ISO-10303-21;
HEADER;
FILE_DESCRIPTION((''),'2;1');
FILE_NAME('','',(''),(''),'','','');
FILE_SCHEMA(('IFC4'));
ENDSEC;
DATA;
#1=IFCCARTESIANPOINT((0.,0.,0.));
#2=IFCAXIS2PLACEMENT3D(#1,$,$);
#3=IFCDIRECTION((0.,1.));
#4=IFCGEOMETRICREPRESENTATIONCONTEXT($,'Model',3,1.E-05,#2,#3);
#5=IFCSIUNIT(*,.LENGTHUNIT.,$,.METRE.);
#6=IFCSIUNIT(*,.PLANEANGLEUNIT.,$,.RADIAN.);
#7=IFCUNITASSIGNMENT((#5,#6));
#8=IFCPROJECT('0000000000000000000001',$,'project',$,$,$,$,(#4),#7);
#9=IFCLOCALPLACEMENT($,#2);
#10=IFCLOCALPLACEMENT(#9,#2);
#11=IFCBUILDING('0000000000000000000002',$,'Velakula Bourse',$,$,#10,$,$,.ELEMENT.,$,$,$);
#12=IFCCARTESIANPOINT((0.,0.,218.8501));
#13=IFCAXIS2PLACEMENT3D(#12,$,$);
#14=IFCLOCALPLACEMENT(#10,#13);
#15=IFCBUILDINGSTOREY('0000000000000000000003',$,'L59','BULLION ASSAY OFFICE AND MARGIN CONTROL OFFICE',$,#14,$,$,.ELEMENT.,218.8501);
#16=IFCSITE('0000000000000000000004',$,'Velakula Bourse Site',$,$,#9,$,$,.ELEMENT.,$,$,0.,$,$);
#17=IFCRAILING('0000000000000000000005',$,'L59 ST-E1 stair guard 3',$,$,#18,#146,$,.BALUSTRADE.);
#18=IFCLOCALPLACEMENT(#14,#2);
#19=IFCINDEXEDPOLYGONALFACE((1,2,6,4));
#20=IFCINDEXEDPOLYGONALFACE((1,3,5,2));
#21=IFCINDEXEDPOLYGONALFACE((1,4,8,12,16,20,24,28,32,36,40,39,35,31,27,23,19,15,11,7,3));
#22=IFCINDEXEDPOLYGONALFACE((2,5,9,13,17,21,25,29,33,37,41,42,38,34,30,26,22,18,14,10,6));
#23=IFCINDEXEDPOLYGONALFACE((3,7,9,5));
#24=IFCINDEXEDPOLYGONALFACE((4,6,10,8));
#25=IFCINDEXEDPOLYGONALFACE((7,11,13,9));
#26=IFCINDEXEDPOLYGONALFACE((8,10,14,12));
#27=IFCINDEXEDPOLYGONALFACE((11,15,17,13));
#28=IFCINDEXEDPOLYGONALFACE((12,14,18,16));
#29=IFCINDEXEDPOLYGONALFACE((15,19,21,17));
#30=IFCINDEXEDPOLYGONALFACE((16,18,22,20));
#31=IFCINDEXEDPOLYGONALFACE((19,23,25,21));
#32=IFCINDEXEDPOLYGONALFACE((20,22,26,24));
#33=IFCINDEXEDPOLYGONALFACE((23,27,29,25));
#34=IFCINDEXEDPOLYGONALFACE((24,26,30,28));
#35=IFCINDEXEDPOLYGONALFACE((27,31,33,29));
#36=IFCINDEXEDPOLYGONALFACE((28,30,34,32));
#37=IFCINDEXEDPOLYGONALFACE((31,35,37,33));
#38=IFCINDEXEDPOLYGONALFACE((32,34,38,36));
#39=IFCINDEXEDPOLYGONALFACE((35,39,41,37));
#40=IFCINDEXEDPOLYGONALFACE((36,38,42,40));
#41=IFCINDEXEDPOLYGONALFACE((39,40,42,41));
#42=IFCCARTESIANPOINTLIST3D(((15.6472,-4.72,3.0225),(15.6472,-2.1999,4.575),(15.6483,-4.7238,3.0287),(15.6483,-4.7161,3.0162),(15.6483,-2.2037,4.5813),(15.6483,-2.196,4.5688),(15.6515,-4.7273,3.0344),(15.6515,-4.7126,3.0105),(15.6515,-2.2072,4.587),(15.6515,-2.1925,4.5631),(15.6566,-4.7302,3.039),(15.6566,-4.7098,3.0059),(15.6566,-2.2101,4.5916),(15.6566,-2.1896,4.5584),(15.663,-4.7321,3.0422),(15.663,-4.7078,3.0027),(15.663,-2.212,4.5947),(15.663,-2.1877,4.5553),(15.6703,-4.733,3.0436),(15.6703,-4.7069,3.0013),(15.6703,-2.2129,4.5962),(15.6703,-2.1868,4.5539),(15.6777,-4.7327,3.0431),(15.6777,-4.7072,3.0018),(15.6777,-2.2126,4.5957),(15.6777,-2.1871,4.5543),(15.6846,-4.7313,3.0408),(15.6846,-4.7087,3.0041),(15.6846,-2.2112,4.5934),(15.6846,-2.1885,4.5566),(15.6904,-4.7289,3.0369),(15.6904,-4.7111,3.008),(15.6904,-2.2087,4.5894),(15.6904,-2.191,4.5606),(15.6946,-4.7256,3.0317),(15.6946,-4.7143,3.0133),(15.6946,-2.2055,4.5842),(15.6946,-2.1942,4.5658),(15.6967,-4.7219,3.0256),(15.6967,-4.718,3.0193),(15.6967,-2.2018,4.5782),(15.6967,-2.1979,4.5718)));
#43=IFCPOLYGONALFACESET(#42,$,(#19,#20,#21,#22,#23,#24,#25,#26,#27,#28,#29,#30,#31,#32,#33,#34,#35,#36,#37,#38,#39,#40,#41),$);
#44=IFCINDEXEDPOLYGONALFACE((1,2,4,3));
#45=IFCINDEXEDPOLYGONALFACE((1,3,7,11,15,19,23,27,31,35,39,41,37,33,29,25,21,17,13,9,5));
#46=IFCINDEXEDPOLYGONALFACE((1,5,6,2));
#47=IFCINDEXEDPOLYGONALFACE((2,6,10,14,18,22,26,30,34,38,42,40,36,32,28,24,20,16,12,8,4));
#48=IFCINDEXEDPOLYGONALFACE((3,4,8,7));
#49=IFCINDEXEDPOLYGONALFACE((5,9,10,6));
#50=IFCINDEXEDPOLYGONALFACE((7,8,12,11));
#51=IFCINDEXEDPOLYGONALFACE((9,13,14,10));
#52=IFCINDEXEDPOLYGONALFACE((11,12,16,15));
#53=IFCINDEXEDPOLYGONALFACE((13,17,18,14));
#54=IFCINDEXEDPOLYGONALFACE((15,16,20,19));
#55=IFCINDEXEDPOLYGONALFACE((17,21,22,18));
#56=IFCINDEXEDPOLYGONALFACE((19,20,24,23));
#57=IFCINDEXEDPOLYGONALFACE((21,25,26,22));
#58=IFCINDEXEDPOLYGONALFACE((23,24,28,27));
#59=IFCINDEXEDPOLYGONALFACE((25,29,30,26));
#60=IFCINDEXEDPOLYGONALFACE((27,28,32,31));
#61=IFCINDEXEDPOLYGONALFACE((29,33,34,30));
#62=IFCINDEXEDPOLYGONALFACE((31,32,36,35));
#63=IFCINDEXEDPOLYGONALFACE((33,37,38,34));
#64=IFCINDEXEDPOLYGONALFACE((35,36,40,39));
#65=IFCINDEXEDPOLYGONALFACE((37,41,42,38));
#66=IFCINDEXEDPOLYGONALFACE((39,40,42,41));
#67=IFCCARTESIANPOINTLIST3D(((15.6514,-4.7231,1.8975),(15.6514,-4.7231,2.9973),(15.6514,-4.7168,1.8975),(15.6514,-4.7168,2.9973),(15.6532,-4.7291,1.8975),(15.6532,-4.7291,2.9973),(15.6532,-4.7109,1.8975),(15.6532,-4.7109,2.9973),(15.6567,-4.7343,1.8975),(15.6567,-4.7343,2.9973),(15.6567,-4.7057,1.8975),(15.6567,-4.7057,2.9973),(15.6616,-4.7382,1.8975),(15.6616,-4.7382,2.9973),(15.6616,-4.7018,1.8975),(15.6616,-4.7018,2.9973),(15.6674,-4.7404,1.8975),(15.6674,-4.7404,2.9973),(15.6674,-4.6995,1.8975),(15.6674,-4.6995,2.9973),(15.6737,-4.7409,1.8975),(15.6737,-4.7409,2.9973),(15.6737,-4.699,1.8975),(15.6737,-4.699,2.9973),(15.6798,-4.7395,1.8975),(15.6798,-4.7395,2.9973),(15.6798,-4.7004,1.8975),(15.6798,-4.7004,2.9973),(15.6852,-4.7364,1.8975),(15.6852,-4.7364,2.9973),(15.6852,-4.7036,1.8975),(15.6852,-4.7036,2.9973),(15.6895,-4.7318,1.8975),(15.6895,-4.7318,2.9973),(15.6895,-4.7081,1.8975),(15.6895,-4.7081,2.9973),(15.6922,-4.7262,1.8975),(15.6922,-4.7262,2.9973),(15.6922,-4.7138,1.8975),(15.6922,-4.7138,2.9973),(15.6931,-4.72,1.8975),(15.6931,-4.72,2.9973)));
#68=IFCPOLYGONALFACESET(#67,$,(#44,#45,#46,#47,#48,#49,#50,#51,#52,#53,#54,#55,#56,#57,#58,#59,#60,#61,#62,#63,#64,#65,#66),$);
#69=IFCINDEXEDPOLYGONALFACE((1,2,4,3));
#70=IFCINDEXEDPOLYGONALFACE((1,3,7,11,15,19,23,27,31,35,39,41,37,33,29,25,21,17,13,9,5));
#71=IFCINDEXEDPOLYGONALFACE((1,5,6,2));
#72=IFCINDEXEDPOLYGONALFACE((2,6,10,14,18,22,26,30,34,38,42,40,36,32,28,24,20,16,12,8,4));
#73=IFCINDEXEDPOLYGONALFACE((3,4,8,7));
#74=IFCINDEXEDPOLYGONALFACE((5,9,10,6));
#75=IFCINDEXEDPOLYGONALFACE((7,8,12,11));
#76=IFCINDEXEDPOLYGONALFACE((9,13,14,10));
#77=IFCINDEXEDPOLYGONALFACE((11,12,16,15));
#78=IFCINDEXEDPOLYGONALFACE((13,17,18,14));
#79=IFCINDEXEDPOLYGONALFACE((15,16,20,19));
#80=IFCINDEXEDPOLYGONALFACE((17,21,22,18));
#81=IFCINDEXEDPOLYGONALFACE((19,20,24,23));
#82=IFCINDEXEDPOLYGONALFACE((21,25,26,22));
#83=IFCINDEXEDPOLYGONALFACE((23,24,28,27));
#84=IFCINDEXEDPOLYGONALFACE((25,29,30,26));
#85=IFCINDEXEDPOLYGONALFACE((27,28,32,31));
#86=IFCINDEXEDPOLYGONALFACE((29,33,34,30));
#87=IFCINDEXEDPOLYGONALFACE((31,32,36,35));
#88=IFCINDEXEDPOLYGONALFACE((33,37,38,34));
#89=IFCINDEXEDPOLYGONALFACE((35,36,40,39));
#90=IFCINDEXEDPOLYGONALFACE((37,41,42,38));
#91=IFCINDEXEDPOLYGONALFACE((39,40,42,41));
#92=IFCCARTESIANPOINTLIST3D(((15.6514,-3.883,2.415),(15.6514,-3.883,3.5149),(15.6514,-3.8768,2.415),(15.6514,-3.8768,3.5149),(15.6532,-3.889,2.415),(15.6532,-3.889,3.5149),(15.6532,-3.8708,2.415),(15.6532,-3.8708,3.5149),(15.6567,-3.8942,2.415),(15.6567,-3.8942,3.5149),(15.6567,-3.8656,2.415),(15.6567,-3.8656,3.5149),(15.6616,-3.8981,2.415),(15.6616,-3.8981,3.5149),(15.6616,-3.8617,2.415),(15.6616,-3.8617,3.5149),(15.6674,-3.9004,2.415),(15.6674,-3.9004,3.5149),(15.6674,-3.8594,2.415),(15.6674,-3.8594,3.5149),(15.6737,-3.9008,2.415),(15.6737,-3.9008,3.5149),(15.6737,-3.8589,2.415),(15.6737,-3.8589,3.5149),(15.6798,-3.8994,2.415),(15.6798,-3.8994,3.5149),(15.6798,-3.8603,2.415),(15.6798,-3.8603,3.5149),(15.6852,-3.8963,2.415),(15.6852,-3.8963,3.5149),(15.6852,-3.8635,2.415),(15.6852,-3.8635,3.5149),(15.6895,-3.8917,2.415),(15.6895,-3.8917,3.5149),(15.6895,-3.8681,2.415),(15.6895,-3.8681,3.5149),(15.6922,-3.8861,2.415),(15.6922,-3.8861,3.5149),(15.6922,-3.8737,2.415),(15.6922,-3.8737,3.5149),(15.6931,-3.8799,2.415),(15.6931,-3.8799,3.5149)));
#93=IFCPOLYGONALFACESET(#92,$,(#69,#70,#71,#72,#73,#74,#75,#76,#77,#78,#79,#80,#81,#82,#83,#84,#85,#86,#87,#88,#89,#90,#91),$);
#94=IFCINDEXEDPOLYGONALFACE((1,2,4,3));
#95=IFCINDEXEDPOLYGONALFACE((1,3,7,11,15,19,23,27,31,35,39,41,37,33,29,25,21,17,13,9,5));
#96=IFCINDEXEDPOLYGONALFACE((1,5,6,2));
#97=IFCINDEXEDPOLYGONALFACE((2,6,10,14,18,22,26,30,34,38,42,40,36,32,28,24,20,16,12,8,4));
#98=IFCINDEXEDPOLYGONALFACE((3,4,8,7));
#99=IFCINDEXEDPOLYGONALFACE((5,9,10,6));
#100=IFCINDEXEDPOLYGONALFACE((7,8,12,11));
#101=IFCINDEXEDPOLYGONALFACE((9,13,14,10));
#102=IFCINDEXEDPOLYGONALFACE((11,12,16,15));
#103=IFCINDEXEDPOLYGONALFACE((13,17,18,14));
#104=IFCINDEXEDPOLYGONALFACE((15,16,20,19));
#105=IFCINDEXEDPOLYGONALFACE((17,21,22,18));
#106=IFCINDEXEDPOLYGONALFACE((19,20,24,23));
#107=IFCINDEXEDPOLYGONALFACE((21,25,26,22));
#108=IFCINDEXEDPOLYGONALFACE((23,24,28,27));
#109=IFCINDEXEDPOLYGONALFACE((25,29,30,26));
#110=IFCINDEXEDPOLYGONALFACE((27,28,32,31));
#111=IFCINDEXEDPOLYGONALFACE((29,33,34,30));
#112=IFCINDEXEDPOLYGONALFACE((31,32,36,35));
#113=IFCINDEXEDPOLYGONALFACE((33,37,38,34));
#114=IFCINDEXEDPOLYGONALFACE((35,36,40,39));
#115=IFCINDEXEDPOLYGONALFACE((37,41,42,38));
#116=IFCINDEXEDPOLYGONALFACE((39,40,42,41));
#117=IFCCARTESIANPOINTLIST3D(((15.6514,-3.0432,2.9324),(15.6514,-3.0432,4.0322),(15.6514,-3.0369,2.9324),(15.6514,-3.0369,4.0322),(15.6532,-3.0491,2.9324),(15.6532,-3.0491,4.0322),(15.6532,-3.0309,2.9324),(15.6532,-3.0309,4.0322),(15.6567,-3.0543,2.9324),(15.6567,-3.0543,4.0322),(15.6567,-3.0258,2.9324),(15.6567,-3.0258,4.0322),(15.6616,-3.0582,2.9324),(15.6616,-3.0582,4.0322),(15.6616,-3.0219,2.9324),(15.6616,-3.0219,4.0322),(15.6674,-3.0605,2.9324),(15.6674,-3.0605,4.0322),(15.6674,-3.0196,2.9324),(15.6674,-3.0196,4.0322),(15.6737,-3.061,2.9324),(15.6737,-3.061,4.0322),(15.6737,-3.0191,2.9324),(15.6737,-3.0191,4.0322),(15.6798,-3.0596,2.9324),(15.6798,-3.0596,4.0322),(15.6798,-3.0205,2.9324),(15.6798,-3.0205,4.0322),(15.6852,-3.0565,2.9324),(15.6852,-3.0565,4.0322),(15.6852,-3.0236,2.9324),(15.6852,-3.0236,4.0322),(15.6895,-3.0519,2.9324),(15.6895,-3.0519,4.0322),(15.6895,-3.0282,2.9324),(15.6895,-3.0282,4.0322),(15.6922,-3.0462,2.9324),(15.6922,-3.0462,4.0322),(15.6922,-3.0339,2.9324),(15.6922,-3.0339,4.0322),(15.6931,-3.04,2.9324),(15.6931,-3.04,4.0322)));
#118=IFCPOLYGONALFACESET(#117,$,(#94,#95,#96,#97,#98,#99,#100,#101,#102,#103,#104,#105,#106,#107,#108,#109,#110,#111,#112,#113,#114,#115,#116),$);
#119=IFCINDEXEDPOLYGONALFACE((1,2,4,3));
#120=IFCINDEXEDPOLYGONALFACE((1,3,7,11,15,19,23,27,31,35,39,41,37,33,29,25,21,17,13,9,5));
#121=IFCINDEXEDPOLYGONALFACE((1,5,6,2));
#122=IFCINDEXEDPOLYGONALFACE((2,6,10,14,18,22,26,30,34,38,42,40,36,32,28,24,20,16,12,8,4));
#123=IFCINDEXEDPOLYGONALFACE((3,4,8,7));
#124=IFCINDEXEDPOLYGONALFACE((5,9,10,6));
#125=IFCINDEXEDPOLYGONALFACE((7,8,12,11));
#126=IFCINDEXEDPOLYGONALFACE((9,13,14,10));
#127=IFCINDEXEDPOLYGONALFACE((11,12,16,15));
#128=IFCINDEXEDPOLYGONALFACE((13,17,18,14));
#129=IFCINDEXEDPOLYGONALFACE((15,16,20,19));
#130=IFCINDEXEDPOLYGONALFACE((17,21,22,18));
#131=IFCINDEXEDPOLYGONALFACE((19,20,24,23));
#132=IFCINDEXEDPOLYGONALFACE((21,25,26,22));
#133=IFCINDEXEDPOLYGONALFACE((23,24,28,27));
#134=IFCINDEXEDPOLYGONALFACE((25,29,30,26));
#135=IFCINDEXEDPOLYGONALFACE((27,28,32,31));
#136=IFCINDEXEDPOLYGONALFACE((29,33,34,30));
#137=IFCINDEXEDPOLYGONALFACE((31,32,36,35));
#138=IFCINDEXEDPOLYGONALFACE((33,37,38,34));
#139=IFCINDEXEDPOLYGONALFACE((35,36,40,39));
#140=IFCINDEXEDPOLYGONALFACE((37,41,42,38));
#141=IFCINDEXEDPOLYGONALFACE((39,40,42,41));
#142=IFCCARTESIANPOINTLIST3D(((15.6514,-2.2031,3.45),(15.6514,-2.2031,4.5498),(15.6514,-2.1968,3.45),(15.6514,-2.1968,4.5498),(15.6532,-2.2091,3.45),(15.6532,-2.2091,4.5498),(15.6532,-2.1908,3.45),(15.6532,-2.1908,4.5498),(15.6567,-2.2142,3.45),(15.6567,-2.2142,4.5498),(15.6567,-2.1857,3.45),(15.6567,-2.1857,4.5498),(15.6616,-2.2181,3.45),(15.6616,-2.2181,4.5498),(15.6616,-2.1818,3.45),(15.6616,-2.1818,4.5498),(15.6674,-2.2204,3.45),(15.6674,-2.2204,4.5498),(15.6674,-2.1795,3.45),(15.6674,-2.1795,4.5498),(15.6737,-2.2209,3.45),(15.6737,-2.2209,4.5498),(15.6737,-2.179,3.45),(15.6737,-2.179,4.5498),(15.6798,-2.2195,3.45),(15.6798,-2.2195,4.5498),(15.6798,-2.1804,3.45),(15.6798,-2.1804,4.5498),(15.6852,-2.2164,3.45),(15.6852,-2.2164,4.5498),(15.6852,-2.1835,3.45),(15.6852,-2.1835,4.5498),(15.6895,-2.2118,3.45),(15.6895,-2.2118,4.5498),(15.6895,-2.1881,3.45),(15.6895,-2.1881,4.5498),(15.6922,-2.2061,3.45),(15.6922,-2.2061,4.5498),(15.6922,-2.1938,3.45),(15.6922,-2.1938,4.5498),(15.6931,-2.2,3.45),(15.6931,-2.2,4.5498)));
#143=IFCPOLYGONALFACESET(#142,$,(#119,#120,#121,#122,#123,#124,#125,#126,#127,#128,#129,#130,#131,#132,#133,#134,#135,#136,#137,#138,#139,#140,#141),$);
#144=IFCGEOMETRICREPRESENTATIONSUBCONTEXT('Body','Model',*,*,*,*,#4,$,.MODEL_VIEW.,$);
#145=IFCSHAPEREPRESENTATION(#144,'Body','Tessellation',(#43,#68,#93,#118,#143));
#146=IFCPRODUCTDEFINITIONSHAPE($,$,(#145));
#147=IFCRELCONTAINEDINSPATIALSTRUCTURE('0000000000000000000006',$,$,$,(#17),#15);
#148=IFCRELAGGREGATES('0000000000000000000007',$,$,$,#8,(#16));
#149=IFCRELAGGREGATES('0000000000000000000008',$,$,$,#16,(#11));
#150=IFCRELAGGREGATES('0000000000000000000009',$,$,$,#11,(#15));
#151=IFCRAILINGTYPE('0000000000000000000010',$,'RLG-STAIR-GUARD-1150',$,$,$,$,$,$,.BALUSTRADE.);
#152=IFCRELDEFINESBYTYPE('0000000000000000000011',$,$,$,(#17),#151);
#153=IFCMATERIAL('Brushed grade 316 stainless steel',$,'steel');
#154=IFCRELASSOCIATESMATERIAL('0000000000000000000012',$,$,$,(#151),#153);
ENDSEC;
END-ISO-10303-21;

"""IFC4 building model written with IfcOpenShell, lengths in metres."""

from ifc_helpers import new_model, si_unit, direction, frame, origin, origin_2d, place, context, subcontext, project, spatial, circle, extrude, material, type_object, element, save


model = new_model("IFC4")

# Units and contexts
model_context = context("Model", 3, precision=1e-05, world=origin(), true_north=direction((0.0, 1.0)))
body_context = subcontext(model_context, "Body", "Model", "MODEL_VIEW")
ifc_project = project(units=[si_unit("LENGTHUNIT", "METRE"), si_unit("PLANEANGLEUNIT", "RADIAN")], contexts=[model_context])

# Site, building, storey
site_placement = place(None, origin())
site = spatial("IfcSite", under=ifc_project, at=site_placement, Name="Velakula Bourse Site", CompositionType="ELEMENT", RefElevation=0.0)
building_placement = place(site_placement, origin())
building = spatial("IfcBuilding", under=site, at=building_placement, Name="Velakula Bourse", CompositionType="ELEMENT")
storey_placement = place(building_placement, frame((0.0, 0.0, 218.8501)))
storey = spatial("IfcBuildingStorey", under=building, at=storey_placement, Name="L59", Description="BULLION ASSAY OFFICE AND MARGIN CONTROL OFFICE", CompositionType="ELEMENT", Elevation=218.8501)

# Shared definitions
ifc_material_1 = material(Name="Brushed grade 316 stainless steel", Category="steel")

# Railing
railing_type_1 = type_object("IfcRailingType", Name="RLG-STAIR-GUARD-1150", PredefinedType="BALUSTRADE", material=ifc_material_1)
railing_1_placement = place(storey_placement, frame((15.6721, -4.72, 1.8975)))
element("IfcRailing", 1, at=railing_1_placement, inside=storey, type_object=railing_type_1, Name="L59 ST-E1 stair guard 3", PredefinedType="BALUSTRADE", context=body_context, shape_type="SweptSolid", body=[
    extrude(circle(Radius=0.0249, at=origin_2d()), frame((0.0, 0.0, 1.125), z_axis=(0.0, 0.8514, 0.524516), x_axis=(-1.0, 0.0, 0.0)), (0.0, 0.0, 1.0), 2.96),
    extrude(circle(Radius=0.021, at=origin_2d()), origin(), (0.0, 0.0, 1.0), 1.0999),
    extrude(circle(Radius=0.021, at=origin_2d()), frame((0.0, 0.8401, 0.5176)), (0.0, 0.0, 1.0), 1.0999),
    extrude(circle(Radius=0.021, at=origin_2d()), frame((0.0, 1.6799, 1.0349)), (0.0, 0.0, 1.0), 1.0999),
    extrude(circle(Radius=0.021, at=origin_2d()), frame((0.0, 2.52, 1.5525)), (0.0, 0.0, 1.0), 1.0999),
])

save(model, "model.ifc")
